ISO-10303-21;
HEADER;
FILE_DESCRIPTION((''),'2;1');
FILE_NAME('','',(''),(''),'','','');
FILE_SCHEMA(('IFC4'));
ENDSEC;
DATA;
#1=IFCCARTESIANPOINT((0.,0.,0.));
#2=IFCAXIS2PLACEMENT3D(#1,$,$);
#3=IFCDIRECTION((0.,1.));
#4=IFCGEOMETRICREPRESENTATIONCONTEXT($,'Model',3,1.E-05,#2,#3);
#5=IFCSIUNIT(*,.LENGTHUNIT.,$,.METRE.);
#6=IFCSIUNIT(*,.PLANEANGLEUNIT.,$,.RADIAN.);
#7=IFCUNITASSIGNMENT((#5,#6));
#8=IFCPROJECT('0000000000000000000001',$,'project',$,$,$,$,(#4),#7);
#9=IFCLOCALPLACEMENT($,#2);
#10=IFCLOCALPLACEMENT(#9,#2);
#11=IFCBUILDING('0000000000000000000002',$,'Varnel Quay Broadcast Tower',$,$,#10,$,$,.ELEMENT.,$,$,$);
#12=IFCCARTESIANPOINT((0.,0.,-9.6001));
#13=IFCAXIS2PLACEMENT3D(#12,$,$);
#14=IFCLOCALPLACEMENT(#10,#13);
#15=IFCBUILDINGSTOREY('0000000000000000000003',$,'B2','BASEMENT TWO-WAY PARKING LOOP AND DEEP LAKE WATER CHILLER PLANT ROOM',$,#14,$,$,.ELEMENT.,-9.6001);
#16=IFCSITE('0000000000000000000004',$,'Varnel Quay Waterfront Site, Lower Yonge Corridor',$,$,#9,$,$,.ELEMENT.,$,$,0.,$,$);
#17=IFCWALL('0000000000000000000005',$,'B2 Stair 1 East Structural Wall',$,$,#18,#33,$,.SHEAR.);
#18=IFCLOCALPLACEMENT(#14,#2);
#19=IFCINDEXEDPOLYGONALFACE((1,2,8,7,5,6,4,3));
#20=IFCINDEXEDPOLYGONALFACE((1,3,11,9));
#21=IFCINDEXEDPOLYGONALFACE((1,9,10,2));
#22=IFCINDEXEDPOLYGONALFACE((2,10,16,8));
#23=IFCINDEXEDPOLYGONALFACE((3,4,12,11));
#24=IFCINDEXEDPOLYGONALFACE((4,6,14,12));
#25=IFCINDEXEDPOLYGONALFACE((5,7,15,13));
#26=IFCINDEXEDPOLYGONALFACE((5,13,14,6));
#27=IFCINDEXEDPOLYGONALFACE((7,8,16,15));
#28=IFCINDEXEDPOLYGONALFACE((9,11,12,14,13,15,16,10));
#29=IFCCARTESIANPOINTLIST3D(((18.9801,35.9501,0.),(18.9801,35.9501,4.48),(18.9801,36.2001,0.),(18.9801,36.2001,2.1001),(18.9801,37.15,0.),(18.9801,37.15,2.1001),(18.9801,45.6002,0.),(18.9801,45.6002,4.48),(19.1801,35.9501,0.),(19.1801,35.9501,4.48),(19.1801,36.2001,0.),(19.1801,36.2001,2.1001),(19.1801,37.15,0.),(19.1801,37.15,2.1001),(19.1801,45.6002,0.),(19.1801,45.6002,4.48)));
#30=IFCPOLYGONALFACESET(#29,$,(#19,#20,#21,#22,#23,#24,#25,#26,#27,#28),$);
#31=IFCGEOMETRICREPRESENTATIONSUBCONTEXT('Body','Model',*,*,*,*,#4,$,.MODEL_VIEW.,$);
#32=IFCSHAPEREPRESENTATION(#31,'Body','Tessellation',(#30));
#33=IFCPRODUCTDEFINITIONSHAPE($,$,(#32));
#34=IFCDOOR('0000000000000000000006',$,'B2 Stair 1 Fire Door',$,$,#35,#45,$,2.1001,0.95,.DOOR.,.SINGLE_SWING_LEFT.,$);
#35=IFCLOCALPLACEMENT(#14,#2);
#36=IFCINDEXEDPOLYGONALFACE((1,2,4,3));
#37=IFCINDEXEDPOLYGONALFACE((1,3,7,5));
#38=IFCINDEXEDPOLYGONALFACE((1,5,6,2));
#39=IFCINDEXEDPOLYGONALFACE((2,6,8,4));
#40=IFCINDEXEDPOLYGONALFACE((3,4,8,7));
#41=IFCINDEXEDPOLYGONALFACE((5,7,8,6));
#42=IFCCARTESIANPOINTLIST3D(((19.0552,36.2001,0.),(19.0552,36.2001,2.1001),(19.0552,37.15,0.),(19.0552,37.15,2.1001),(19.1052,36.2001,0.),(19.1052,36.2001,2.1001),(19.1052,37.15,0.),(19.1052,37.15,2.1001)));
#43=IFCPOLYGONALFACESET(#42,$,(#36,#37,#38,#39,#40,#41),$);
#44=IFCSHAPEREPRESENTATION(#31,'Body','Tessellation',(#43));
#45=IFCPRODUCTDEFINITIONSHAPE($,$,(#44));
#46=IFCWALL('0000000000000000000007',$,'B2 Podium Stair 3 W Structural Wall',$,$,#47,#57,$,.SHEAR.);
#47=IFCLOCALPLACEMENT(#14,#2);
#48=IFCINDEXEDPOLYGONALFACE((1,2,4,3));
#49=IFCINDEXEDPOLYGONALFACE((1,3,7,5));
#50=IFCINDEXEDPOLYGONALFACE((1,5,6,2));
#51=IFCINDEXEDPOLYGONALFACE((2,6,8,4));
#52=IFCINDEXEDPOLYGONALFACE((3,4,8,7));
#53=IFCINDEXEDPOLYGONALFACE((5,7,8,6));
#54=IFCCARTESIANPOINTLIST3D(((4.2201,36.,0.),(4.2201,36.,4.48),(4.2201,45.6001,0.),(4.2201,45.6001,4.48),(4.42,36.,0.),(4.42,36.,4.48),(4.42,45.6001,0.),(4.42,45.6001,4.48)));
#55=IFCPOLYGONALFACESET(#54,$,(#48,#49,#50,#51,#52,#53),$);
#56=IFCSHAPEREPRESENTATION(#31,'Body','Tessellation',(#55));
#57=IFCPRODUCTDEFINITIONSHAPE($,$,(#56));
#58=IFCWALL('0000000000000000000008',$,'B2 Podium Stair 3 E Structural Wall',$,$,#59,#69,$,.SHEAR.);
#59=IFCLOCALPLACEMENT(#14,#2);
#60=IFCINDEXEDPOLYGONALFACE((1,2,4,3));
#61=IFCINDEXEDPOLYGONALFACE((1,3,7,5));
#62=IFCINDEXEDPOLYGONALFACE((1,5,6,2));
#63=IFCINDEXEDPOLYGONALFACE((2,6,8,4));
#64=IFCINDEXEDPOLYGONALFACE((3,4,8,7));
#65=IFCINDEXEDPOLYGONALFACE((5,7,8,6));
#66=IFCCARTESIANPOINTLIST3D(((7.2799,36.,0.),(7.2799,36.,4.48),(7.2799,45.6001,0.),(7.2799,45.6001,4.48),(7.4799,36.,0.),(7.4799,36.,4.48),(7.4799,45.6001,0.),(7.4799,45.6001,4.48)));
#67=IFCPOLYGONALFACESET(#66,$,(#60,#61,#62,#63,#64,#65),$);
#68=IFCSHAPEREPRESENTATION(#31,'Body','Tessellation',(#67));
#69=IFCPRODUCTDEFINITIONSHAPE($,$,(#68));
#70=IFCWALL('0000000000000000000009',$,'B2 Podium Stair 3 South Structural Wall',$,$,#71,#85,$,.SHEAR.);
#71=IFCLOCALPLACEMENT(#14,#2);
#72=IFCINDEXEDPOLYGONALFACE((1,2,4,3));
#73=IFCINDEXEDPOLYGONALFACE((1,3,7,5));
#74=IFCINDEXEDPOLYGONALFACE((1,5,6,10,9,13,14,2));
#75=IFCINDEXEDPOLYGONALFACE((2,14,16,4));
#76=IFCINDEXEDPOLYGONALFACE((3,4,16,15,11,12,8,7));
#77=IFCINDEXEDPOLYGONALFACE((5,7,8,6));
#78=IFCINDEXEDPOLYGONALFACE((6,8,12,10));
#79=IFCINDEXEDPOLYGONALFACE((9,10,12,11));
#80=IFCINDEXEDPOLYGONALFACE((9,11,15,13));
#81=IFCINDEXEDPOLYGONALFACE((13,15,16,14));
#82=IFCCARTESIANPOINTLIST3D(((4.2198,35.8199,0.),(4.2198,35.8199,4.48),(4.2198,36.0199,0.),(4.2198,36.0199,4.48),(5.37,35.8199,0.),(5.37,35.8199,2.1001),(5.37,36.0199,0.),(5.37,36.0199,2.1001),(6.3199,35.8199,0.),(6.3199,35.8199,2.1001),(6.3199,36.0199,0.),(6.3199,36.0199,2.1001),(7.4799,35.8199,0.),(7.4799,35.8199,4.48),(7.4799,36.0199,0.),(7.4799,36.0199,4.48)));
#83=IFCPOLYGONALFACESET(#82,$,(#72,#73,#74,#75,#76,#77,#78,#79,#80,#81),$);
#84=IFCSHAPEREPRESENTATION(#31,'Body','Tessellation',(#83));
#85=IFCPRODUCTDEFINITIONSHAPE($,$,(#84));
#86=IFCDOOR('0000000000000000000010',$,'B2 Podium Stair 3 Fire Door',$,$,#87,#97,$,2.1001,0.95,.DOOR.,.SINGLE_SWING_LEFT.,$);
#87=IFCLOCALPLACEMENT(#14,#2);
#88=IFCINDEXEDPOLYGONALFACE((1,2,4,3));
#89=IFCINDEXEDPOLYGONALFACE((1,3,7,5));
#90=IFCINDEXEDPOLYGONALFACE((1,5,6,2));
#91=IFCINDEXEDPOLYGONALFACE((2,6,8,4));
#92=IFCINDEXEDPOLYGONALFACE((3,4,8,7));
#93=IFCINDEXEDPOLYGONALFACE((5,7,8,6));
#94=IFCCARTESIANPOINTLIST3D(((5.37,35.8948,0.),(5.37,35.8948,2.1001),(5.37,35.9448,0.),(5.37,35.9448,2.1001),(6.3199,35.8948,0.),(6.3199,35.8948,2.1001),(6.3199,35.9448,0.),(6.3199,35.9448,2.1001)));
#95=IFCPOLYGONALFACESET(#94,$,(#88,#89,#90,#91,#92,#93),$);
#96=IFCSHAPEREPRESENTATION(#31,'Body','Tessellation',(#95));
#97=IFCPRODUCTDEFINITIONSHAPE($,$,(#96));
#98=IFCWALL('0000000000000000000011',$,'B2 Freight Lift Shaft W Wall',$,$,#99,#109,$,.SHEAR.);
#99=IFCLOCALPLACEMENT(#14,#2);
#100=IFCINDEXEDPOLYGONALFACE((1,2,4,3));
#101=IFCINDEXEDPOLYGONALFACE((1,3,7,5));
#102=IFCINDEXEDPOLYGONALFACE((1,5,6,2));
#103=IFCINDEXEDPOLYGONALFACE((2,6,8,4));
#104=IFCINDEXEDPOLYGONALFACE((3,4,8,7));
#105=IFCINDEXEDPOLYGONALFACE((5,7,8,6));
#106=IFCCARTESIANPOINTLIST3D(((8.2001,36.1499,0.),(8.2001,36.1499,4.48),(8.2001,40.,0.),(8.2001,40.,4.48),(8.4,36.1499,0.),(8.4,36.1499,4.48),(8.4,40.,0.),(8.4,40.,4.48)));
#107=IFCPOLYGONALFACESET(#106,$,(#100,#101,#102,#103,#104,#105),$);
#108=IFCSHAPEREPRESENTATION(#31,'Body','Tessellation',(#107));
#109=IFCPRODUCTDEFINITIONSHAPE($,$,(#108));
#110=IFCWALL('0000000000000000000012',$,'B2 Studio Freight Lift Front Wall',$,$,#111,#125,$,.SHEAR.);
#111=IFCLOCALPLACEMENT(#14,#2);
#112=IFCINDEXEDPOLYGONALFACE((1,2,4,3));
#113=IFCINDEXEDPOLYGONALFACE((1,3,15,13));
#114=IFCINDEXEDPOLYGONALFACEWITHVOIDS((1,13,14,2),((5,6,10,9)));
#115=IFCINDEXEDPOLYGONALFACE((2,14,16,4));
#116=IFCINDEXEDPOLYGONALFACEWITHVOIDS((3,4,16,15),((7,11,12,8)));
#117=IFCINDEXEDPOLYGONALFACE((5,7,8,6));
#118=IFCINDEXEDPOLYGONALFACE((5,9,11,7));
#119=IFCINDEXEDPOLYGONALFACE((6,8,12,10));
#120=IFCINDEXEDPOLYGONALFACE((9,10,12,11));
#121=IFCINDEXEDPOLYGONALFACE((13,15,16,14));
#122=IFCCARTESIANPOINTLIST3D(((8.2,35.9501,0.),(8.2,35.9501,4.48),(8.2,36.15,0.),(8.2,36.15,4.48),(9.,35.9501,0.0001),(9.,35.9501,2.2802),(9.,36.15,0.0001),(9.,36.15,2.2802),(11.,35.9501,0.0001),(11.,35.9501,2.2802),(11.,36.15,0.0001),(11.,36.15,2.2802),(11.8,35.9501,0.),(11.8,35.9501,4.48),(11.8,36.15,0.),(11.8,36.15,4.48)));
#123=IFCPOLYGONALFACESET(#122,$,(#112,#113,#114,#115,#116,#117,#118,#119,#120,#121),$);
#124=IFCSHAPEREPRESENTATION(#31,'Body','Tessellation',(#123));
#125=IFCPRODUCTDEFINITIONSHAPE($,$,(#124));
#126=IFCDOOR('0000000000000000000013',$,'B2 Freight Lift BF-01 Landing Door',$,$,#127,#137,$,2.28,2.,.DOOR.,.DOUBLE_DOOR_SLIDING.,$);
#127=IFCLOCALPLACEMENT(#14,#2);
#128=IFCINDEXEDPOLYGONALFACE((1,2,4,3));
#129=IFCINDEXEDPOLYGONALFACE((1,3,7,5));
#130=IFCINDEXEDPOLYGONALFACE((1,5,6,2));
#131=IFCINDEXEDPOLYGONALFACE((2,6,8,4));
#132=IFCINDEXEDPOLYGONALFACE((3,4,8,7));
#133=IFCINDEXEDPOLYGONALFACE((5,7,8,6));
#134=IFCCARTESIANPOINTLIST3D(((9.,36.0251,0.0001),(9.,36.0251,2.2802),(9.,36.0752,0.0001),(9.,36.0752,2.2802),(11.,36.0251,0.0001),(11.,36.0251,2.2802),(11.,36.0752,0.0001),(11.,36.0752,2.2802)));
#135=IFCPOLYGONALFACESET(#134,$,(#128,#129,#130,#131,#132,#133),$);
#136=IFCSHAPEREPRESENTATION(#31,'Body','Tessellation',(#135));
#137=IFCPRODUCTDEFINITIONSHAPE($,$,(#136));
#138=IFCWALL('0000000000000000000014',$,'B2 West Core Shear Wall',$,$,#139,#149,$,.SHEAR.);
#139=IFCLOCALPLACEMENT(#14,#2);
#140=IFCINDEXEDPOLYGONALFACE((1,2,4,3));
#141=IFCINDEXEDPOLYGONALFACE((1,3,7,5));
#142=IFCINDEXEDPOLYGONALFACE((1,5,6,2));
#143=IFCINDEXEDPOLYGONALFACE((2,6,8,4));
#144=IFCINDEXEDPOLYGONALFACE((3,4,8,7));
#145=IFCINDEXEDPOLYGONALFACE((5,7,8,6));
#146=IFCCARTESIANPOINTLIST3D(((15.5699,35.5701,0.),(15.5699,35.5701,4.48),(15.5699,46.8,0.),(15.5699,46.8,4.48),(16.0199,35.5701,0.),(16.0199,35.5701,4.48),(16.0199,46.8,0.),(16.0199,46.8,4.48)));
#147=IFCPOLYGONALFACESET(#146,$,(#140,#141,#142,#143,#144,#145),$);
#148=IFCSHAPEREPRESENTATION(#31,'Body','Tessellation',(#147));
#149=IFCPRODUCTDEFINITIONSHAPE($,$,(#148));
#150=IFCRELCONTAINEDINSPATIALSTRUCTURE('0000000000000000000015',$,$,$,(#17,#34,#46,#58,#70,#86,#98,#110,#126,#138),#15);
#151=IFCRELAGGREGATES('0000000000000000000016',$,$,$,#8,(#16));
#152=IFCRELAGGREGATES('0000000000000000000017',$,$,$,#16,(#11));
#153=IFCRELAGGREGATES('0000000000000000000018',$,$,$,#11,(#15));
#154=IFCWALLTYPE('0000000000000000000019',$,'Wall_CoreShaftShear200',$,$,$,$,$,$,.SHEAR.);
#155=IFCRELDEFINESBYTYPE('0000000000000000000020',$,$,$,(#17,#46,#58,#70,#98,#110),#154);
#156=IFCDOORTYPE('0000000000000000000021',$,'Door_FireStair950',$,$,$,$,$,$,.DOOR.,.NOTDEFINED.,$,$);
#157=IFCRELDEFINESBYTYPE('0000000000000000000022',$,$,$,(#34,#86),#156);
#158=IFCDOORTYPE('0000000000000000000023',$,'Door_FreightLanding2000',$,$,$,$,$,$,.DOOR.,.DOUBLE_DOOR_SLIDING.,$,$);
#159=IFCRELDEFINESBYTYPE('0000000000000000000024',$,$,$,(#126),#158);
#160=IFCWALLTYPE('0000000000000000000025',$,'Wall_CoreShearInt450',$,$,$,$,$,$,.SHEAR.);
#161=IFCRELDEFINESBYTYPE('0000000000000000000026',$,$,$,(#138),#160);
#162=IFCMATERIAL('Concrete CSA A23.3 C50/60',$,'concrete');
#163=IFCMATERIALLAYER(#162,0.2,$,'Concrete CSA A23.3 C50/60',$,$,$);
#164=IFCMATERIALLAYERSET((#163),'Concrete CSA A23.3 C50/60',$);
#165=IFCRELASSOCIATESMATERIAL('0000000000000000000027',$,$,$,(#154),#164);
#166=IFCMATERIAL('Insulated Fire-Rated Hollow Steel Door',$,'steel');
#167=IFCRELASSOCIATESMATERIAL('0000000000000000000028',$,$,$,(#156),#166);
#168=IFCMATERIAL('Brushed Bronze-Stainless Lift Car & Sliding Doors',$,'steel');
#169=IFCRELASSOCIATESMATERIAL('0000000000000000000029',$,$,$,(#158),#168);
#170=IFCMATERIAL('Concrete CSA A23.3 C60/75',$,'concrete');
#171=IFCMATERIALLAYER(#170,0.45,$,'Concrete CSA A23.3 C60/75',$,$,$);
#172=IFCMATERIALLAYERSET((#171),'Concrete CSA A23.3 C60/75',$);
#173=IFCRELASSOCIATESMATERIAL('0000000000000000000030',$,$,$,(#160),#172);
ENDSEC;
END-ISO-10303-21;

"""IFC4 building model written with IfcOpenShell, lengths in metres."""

from ifc_helpers import new_model, si_unit, direction, frame, frame_2d, origin, place, context, subcontext, project, spatial, rectangle, extrude, source, transform, mapped, material, layer, layer_set, type_object, type_shapes, element, fill, save


model = new_model("IFC4")

# Units and contexts
model_context = context("Model", 3, precision=1e-05, world=origin(), true_north=direction((0.0, 1.0)))
body_context = subcontext(model_context, "Body", "Model", "MODEL_VIEW")
ifc_project = project(units=[si_unit("LENGTHUNIT", "METRE"), si_unit("PLANEANGLEUNIT", "RADIAN")], contexts=[model_context])

# Site, building, storey
site_placement = place(None, origin())
site = spatial("IfcSite", under=ifc_project, at=site_placement, Name="Varnel Quay Waterfront Site, Lower Yonge Corridor", CompositionType="ELEMENT", RefElevation=0.0)
building_placement = place(site_placement, origin())
building = spatial("IfcBuilding", under=site, at=building_placement, Name="Varnel Quay Broadcast Tower", CompositionType="ELEMENT")
storey_placement = place(building_placement, frame((0.0, 0.0, -9.6001)))
storey = spatial("IfcBuildingStorey", under=building, at=storey_placement, Name="B2", Description="BASEMENT TWO-WAY PARKING LOOP AND DEEP LAKE WATER CHILLER PLANT ROOM", CompositionType="ELEMENT", Elevation=-9.6001)

# Shared definitions
ifc_material_1 = material(Name="Concrete CSA A23.3 C50/60", Category="concrete")

# Wall, opening, door
ifc_layer_1 = layer(ifc_material_1, 0.2, Name="Concrete CSA A23.3 C50/60")
ifc_layer_set_1 = layer_set([ifc_layer_1], Name="Concrete CSA A23.3 C50/60")
wall_type_1 = type_object("IfcWallType", Name="Wall_CoreShaftShear200", PredefinedType="SHEAR", material=ifc_layer_set_1)
wall_1_placement = place(storey_placement, frame((19.0801, 35.95, 0.0), z_axis=(0.0, 0.0, 1.0), x_axis=(0.0, 1.0, 0.0)))
wall_1 = element("IfcWall", 1, at=wall_1_placement, inside=storey, type_object=wall_type_1, Name="B2 Stair 1 East Structural Wall", PredefinedType="SHEAR", context=body_context, shape_type="SweptSolid", body=[
    extrude(rectangle(XDim=9.6501, YDim=0.2, at=frame_2d((4.8252, 0.0))), origin(), (0.0, 0.0, 1.0), 4.48),
])
opening_1_placement = place(wall_1_placement, frame((0.25, 0.0, 0.0)))
opening_1 = element("IfcOpeningElement", 2, at=opening_1_placement, cuts=wall_1, PredefinedType="OPENING", context=body_context, shape_type="SweptSolid", body=[
    extrude(rectangle(XDim=0.95, YDim=2.1001, at=frame_2d((0.4751, 1.05))), frame((0.0, 0.1099, 0.0), z_axis=(0.0, -1.0, 0.0), x_axis=(1.0, 0.0, 0.0)), (0.0, 0.0, 1.0), 0.22),
])
ifc_material_2 = material(Name="Insulated Fire-Rated Hollow Steel Door", Category="steel")
door_type_1 = type_object("IfcDoorType", Name="Door_FireStair950", OperationType="NOTDEFINED", PredefinedType="DOOR", material=ifc_material_2)
shared_shape_1 = source(origin(), body_context, "Body", "SweptSolid", [
    extrude(rectangle(XDim=0.95, YDim=2.1001, at=frame_2d((0.4751, 1.05))), frame((0.0, 0.0249, 0.0), z_axis=(0.0, -1.0, 0.0), x_axis=(1.0, 0.0, 0.0)), (0.0, 0.0, 1.0), 0.05),
])
type_shapes(door_type_1, [shared_shape_1])
door_1_placement = place(opening_1_placement, origin())
door_1 = element("IfcDoor", 3, at=door_1_placement, inside=storey, type_object=door_type_1, Name="B2 Stair 1 Fire Door", OperationType="SINGLE_SWING_LEFT", OverallHeight=2.1001, OverallWidth=0.95, PredefinedType="DOOR", context=body_context, shape_type="MappedRepresentation", body=[
    mapped(shared_shape_1, transform((0.0, 0.0, 0.0), x_axis=(1.0, 0.0, 0.0), y_axis=(0.0, 1.0, 0.0), z_axis=(0.0, 0.0, 1.0), scale=1.0)),
])
fill(opening_1, door_1)

# Walls
for number, where, z_axis, x_axis, name in (
    (4, (4.3201, 36.0, 0.0), (0.0, 0.0, 1.0), (0.0, 1.0, 0.0), "B2 Podium Stair 3 W Structural Wall"),
    (5, (7.3799, 36.0, 0.0), (0.0, 0.0, 1.0), (0.0, 1.0, 0.0), "B2 Podium Stair 3 E Structural Wall"),
):
    element("IfcWall", number, at=place(storey_placement, frame(where, z_axis=z_axis, x_axis=x_axis)), inside=storey, type_object=wall_type_1, Name=name, PredefinedType="SHEAR", context=body_context, shape_type="SweptSolid", body=[
        extrude(rectangle(XDim=9.6001, YDim=0.2, at=frame_2d((4.8, 0.0))), origin(), (0.0, 0.0, 1.0), 4.48),
    ])

# Wall, opening, door
wall_2_placement = place(storey_placement, frame((4.22, 35.9199, 0.0), z_axis=(0.0, 0.0, 1.0), x_axis=(1.0, 0.0, 0.0)))
wall_2 = element("IfcWall", 6, at=wall_2_placement, inside=storey, type_object=wall_type_1, Name="B2 Podium Stair 3 South Structural Wall", PredefinedType="SHEAR", context=body_context, shape_type="SweptSolid", body=[
    extrude(rectangle(XDim=3.26, YDim=0.2, at=frame_2d((1.6299, 0.0))), origin(), (0.0, 0.0, 1.0), 4.48),
])
opening_2_placement = place(wall_2_placement, frame((1.1499, 0.0, 0.0)))
opening_2 = element("IfcOpeningElement", 7, at=opening_2_placement, cuts=wall_2, PredefinedType="OPENING", context=body_context, shape_type="SweptSolid", body=[
    extrude(rectangle(XDim=0.95, YDim=2.1001, at=frame_2d((0.4751, 1.05))), frame((0.0, 0.1099, 0.0), z_axis=(0.0, -1.0, 0.0), x_axis=(1.0, 0.0, 0.0)), (0.0, 0.0, 1.0), 0.22),
])
door_2_placement = place(opening_2_placement, origin())
door_2 = element("IfcDoor", 8, at=door_2_placement, inside=storey, type_object=door_type_1, Name="B2 Podium Stair 3 Fire Door", OperationType="SINGLE_SWING_LEFT", OverallHeight=2.1001, OverallWidth=0.95, PredefinedType="DOOR", context=body_context, shape_type="MappedRepresentation", body=[
    mapped(shared_shape_1, transform((0.0, 0.0, 0.0), x_axis=(1.0, 0.0, 0.0), y_axis=(0.0, 1.0, 0.0), z_axis=(0.0, 0.0, 1.0), scale=1.0)),
])
fill(opening_2, door_2)

# Wall
wall_3_placement = place(storey_placement, frame((8.3, 36.1499, 0.0), z_axis=(0.0, 0.0, 1.0), x_axis=(0.0, 1.0, 0.0)))
element("IfcWall", 9, at=wall_3_placement, inside=storey, type_object=wall_type_1, Name="B2 Freight Lift Shaft W Wall", PredefinedType="SHEAR", context=body_context, shape_type="SweptSolid", body=[
    extrude(rectangle(XDim=3.8501, YDim=0.2, at=frame_2d((1.925, 0.0))), origin(), (0.0, 0.0, 1.0), 4.48),
])

# Wall, opening, door
wall_4_placement = place(storey_placement, frame((8.2, 36.05, 0.0), z_axis=(0.0, 0.0, 1.0), x_axis=(1.0, 0.0, 0.0)))
wall_4 = element("IfcWall", 10, at=wall_4_placement, inside=storey, type_object=wall_type_1, Name="B2 Studio Freight Lift Front Wall", PredefinedType="SHEAR", context=body_context, shape_type="SweptSolid", body=[
    extrude(rectangle(XDim=3.6001, YDim=0.2, at=frame_2d((1.8, 0.0))), origin(), (0.0, 0.0, 1.0), 4.48),
])
opening_3_placement = place(wall_4_placement, frame((0.8, 0.0, 0.0)))
opening_3 = element("IfcOpeningElement", 11, at=opening_3_placement, cuts=wall_4, PredefinedType="OPENING", context=body_context, shape_type="SweptSolid", body=[
    extrude(rectangle(XDim=2.0, YDim=2.28, at=frame_2d((1.0, 1.1401))), frame((0.0, 0.1099, 0.0), z_axis=(0.0, -1.0, 0.0), x_axis=(1.0, 0.0, 0.0)), (0.0, 0.0, 1.0), 0.22),
])
ifc_material_3 = material(Name="Brushed Bronze-Stainless Lift Car & Sliding Doors", Category="steel")
door_type_2 = type_object("IfcDoorType", Name="Door_FreightLanding2000", OperationType="DOUBLE_DOOR_SLIDING", PredefinedType="DOOR", material=ifc_material_3)
shared_shape_2 = source(origin(), body_context, "Body", "SweptSolid", [
    extrude(rectangle(XDim=2.0, YDim=2.28, at=frame_2d((1.0, 1.1401))), frame((0.0, 0.0249, 0.0), z_axis=(0.0, -1.0, 0.0), x_axis=(1.0, 0.0, 0.0)), (0.0, 0.0, 1.0), 0.05),
])
type_shapes(door_type_2, [shared_shape_2])
door_3_placement = place(opening_3_placement, frame((2.0, 0.0, 0.0), z_axis=(0.0, 0.0, 1.0), x_axis=(-1.0, 0.0, 0.0)))
door_3 = element("IfcDoor", 12, at=door_3_placement, inside=storey, type_object=door_type_2, Name="B2 Freight Lift BF-01 Landing Door", OperationType="DOUBLE_DOOR_SLIDING", OverallHeight=2.28, OverallWidth=2.0, PredefinedType="DOOR", context=body_context, shape_type="MappedRepresentation", body=[
    mapped(shared_shape_2, transform((0.0, 0.0, 0.0), x_axis=(1.0, 0.0, 0.0), y_axis=(0.0, 1.0, 0.0), z_axis=(0.0, 0.0, 1.0), scale=1.0)),
])
fill(opening_3, door_3)

# Wall
ifc_material_4 = material(Name="Concrete CSA A23.3 C60/75", Category="concrete")
ifc_layer_2 = layer(ifc_material_4, 0.45, Name="Concrete CSA A23.3 C60/75")
ifc_layer_set_2 = layer_set([ifc_layer_2], Name="Concrete CSA A23.3 C60/75")
wall_type_2 = type_object("IfcWallType", Name="Wall_CoreShearInt450", PredefinedType="SHEAR", material=ifc_layer_set_2)
wall_5_placement = place(storey_placement, frame((15.7949, 35.5701, 0.0), z_axis=(0.0, 0.0, 1.0), x_axis=(0.0, 1.0, 0.0)))
element("IfcWall", 13, at=wall_5_placement, inside=storey, type_object=wall_type_2, Name="B2 West Core Shear Wall", PredefinedType="SHEAR", context=body_context, shape_type="SweptSolid", body=[
    extrude(rectangle(XDim=11.23, YDim=0.45, at=frame_2d((5.615, 0.0))), origin(), (0.0, 0.0, 1.0), 4.48),
])

save(model, "model.ifc")
